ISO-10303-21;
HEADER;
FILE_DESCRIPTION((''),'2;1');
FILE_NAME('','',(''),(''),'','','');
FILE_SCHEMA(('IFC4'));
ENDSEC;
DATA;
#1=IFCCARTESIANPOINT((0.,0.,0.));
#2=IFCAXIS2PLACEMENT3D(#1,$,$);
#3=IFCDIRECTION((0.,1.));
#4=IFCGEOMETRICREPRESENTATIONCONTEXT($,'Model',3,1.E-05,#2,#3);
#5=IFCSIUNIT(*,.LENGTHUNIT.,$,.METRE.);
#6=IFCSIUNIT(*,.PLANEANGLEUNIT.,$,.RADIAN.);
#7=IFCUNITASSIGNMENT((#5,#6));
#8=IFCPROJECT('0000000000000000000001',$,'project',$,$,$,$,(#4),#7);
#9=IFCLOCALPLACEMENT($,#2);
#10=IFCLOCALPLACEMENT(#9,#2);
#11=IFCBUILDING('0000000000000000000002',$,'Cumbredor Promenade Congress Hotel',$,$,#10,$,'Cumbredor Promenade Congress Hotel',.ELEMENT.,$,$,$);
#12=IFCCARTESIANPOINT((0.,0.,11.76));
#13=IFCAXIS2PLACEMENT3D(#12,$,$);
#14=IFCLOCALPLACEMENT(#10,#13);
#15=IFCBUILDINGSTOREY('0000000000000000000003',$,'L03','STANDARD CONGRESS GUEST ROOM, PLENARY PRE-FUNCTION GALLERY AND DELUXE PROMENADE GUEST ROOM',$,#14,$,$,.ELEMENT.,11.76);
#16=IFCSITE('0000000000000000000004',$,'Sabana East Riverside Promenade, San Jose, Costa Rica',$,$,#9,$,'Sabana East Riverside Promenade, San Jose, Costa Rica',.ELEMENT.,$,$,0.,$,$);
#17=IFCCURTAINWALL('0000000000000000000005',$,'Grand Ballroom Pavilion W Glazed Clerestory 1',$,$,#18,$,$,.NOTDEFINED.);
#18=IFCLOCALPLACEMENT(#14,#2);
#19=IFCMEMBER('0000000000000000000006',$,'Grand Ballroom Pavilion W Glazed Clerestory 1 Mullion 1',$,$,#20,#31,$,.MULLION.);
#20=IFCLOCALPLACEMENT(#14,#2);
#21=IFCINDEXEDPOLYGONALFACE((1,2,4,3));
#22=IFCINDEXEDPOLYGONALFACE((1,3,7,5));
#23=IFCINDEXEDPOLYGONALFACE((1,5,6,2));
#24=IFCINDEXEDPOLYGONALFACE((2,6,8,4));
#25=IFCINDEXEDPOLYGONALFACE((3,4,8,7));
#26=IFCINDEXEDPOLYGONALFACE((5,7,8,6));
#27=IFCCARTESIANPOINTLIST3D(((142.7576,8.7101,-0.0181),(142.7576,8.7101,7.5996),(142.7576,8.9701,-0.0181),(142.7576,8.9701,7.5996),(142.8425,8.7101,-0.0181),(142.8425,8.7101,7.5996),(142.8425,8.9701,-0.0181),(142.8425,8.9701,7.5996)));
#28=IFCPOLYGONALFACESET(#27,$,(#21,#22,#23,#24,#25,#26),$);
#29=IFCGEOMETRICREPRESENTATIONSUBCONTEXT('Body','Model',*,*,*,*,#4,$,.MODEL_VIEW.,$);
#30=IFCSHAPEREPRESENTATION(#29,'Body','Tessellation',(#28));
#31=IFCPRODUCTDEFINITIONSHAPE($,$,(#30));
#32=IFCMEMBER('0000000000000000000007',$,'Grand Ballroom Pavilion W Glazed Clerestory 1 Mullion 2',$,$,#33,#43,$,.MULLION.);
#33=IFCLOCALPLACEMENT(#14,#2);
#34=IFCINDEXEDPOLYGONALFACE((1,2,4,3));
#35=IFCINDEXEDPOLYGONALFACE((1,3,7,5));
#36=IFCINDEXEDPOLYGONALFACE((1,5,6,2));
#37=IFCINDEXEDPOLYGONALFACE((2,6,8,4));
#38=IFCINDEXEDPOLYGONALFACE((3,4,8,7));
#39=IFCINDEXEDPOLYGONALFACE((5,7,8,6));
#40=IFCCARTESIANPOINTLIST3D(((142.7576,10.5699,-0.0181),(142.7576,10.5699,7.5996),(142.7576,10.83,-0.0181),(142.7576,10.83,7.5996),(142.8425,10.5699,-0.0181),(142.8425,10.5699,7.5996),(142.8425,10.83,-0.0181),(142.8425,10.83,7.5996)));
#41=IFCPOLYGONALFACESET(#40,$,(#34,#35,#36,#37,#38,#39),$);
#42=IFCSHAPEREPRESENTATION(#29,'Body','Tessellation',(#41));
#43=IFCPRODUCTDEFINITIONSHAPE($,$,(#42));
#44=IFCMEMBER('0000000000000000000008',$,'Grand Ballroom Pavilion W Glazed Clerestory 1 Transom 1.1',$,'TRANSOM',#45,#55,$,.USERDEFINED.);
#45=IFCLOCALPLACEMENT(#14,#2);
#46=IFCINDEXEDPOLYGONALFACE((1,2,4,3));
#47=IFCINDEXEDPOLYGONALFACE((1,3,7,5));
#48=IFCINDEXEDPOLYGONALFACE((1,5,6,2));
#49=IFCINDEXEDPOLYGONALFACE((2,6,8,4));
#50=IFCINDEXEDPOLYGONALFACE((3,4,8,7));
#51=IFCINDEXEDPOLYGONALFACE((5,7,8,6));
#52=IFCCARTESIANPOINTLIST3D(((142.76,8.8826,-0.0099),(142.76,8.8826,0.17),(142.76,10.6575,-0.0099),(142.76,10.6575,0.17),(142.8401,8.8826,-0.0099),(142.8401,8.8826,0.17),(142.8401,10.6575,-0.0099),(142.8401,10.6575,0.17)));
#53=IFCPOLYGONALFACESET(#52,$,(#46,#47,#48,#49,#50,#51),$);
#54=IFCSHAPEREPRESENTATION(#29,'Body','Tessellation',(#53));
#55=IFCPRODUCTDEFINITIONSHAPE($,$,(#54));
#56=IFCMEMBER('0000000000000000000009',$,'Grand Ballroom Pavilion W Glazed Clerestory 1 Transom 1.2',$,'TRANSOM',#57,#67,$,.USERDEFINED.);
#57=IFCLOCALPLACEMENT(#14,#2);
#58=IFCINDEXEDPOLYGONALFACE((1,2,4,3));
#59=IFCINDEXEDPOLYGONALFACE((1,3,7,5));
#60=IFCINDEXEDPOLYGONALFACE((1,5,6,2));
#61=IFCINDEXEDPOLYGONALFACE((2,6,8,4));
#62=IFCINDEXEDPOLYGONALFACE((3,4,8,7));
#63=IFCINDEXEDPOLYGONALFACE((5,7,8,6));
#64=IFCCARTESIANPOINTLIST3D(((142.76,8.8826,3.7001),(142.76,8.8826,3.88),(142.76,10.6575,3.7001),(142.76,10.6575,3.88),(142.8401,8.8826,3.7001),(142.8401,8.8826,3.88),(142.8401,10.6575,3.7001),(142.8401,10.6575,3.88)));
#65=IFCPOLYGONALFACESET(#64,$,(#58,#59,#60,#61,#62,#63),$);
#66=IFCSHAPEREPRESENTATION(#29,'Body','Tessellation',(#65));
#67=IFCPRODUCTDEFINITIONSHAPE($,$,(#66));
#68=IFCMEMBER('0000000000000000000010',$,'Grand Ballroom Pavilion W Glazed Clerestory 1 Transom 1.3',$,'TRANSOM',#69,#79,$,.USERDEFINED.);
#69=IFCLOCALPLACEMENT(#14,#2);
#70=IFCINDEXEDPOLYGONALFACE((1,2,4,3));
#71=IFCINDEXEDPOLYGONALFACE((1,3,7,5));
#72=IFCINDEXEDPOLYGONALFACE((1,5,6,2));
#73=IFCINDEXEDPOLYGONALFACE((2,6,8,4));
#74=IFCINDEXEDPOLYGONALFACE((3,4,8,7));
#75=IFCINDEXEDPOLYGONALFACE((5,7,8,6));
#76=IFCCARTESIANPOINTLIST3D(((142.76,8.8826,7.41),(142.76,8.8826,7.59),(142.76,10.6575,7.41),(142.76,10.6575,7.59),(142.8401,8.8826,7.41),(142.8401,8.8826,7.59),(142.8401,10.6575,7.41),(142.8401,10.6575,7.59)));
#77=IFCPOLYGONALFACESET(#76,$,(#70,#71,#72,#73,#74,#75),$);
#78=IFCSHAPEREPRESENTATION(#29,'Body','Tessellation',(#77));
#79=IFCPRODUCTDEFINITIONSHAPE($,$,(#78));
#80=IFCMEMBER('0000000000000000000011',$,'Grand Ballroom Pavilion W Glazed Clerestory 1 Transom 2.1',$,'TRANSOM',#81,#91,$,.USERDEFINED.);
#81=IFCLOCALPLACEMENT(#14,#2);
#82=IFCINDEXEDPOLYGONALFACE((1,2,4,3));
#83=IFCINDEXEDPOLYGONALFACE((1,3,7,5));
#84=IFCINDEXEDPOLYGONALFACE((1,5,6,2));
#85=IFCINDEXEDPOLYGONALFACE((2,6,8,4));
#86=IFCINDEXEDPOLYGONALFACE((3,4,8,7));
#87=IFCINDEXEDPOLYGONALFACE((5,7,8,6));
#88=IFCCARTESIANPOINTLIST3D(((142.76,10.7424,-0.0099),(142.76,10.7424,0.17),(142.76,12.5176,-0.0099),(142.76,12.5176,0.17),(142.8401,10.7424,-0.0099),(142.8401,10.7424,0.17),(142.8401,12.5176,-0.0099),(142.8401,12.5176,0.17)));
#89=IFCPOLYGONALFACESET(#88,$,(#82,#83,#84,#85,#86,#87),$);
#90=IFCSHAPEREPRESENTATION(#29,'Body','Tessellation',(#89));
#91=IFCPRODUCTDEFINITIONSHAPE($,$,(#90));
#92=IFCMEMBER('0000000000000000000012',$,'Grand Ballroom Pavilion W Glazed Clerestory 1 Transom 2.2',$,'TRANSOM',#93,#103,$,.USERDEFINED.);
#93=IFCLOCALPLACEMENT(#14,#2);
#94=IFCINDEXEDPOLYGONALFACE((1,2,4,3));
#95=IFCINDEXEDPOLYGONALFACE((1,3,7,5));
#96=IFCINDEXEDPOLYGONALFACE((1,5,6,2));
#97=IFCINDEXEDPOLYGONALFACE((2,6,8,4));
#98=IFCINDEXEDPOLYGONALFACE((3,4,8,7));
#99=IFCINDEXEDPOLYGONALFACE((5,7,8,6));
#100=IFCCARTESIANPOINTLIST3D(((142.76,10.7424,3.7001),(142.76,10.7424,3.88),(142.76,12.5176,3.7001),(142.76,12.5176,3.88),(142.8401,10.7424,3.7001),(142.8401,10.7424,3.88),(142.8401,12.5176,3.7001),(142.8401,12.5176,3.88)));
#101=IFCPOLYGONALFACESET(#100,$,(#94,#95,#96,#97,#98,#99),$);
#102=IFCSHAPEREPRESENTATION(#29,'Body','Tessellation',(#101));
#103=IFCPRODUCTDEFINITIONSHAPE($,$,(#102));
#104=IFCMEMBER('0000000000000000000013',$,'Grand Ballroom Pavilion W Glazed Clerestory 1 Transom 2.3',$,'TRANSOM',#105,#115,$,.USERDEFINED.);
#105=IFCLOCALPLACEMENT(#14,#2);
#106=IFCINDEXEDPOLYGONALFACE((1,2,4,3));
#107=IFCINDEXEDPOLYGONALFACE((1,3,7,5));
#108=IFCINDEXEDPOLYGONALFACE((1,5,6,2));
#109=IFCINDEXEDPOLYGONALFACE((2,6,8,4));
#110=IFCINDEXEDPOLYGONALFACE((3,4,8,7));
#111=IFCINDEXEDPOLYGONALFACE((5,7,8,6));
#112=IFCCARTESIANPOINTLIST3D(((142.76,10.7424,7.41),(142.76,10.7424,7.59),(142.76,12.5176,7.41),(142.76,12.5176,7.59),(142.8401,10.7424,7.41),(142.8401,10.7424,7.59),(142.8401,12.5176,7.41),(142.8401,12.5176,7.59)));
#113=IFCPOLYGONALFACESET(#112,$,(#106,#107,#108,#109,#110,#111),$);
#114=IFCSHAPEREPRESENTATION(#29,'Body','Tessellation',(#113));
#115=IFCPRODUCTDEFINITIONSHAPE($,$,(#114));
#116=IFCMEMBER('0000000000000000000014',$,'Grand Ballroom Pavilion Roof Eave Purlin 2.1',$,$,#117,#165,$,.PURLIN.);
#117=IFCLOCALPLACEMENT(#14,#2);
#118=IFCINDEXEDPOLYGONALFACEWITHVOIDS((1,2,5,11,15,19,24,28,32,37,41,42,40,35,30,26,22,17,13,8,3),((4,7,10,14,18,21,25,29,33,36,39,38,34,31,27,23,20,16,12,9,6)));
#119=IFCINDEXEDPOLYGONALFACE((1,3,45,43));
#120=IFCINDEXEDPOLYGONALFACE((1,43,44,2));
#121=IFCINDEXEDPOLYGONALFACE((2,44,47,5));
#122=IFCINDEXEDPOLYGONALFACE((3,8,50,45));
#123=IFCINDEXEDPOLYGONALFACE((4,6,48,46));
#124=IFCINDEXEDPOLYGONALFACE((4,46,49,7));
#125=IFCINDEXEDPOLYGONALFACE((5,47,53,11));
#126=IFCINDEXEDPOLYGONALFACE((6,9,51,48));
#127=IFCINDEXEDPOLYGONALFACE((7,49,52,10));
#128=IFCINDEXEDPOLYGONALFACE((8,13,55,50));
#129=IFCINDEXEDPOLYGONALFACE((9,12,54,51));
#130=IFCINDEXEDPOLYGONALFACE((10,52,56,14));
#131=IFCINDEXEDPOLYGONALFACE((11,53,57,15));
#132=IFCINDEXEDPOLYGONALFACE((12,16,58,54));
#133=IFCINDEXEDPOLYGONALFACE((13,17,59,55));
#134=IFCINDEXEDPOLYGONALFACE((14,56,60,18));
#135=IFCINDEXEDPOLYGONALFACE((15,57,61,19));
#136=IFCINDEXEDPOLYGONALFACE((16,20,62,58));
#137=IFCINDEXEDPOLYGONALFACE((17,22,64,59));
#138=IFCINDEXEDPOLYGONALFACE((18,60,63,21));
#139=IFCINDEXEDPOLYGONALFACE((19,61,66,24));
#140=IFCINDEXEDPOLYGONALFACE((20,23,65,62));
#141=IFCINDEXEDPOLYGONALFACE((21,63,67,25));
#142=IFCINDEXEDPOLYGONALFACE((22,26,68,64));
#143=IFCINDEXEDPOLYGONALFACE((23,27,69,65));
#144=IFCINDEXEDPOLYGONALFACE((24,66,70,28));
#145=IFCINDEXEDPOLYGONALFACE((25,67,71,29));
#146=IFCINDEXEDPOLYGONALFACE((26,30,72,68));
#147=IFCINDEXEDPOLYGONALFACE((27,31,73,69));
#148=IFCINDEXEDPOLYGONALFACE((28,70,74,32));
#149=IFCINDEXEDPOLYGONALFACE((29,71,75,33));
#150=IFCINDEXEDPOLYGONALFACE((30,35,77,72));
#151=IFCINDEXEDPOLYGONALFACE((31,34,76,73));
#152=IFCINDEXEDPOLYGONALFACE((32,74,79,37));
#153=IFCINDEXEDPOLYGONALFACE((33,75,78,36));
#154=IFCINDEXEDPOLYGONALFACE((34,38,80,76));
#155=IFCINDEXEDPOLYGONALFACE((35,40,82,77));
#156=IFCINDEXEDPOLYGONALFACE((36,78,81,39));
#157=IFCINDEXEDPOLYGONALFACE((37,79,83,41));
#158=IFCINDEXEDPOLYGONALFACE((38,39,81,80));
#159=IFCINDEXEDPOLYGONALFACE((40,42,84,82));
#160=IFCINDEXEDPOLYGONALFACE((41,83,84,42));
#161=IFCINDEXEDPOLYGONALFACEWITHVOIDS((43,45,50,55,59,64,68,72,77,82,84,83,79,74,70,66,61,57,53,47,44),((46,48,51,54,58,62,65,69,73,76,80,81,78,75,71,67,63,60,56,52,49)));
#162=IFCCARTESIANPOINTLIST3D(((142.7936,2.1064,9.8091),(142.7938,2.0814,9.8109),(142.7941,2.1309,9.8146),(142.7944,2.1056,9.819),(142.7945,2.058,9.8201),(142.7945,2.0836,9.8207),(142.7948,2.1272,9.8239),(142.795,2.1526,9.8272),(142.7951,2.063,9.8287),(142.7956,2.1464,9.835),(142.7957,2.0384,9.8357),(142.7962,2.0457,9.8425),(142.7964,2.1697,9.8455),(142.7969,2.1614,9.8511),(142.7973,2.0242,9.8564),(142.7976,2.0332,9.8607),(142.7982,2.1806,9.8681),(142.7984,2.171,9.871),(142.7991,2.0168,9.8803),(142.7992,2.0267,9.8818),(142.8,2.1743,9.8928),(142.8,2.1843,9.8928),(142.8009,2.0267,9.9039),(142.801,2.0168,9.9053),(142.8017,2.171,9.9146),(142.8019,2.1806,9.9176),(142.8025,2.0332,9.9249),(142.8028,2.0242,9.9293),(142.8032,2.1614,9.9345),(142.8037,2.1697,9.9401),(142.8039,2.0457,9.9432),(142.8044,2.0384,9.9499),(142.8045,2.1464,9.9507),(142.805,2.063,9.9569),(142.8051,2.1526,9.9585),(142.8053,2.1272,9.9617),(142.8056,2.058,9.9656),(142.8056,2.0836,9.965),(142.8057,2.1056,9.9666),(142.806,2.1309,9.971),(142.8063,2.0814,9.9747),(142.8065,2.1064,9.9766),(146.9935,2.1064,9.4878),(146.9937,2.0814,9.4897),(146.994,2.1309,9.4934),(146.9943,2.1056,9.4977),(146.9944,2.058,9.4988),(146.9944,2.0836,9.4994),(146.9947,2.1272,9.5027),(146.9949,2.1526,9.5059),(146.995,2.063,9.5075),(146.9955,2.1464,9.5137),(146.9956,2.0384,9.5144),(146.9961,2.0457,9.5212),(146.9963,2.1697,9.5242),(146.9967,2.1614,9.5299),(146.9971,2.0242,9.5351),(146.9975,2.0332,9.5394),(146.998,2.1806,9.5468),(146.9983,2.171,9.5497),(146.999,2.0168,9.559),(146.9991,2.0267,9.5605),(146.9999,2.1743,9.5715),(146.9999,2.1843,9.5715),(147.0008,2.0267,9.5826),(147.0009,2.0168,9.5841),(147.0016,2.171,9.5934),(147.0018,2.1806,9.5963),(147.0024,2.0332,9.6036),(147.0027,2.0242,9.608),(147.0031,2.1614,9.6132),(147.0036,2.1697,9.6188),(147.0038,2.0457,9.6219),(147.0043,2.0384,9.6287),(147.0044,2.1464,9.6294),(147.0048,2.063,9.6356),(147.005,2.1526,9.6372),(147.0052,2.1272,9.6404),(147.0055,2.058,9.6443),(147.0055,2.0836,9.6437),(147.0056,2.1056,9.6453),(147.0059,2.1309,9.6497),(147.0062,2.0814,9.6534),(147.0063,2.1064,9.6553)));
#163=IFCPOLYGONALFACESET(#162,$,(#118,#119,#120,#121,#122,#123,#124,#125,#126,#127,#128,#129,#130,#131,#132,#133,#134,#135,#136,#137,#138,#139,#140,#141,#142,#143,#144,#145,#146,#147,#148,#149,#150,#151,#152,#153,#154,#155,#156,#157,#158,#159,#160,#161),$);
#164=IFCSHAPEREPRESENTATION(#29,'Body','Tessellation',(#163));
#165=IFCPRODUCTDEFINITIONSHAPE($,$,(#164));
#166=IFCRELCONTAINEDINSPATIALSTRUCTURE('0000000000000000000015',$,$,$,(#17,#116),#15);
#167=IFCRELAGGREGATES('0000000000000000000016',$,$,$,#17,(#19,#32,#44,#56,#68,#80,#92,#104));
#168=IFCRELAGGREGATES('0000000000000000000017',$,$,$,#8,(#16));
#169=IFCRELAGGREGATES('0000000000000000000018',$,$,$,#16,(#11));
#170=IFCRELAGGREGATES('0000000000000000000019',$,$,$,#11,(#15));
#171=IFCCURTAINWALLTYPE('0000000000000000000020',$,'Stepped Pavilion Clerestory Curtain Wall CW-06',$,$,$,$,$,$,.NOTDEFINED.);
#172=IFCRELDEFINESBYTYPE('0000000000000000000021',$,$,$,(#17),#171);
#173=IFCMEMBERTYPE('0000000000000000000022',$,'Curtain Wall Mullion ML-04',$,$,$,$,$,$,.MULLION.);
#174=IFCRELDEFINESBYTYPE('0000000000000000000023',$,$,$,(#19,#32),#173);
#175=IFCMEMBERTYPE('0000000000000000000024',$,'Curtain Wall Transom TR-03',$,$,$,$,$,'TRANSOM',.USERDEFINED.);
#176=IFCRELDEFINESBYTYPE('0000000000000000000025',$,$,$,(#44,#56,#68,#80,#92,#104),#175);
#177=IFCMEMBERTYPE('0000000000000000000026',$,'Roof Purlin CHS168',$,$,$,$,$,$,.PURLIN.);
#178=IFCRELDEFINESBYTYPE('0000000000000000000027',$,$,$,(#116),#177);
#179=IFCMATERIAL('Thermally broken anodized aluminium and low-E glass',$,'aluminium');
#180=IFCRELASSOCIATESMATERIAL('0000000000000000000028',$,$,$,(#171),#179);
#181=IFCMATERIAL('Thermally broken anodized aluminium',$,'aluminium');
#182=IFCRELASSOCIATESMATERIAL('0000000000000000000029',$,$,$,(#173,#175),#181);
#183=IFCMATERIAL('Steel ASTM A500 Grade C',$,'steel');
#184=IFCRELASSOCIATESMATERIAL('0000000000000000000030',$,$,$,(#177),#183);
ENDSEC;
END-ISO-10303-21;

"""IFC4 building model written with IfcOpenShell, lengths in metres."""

from ifc_helpers import new_model, si_unit, direction, frame, origin, origin_2d, place, context, subcontext, project, spatial, rectangle, hollow_circle, extrude, material, material_profile, profile_set, type_object, element, aggregate, save


model = new_model("IFC4")

# Units and contexts
model_context = context("Model", 3, precision=1e-05, world=origin(), true_north=direction((0.0, 1.0)))
body_context = subcontext(model_context, "Body", "Model", "MODEL_VIEW")
ifc_project = project(units=[si_unit("LENGTHUNIT", "METRE"), si_unit("PLANEANGLEUNIT", "RADIAN")], contexts=[model_context])

# Site, building, storey
site_placement = place(None, origin())
site = spatial("IfcSite", under=ifc_project, at=site_placement, Name="Sabana East Riverside Promenade, San Jose, Costa Rica", LongName="Sabana East Riverside Promenade, San Jose, Costa Rica", CompositionType="ELEMENT", RefElevation=0.0)
building_placement = place(site_placement, origin())
building = spatial("IfcBuilding", under=site, at=building_placement, Name="Cumbredor Promenade Congress Hotel", LongName="Cumbredor Promenade Congress Hotel", CompositionType="ELEMENT")
storey_placement = place(building_placement, frame((0.0, 0.0, 11.76)))
storey = spatial("IfcBuildingStorey", under=building, at=storey_placement, Name="L03", Description="STANDARD CONGRESS GUEST ROOM, PLENARY PRE-FUNCTION GALLERY AND DELUXE PROMENADE GUEST ROOM", CompositionType="ELEMENT", Elevation=11.76)

# Shared definitions
ifc_material_1 = material(Name="Steel ASTM A500 Grade C", Category="steel")

# Curtain wall, members
ifc_material_2 = material(Name="Thermally broken anodized aluminium and low-E glass", Category="aluminium")
curtain_wall_type = type_object("IfcCurtainWallType", Name="Stepped Pavilion Clerestory Curtain Wall CW-06", PredefinedType="NOTDEFINED", material=ifc_material_2)
curtain_wall_placement = place(storey_placement, origin())
curtain_wall = element("IfcCurtainWall", 1, at=curtain_wall_placement, inside=storey, type_object=curtain_wall_type, Name="Grand Ballroom Pavilion W Glazed Clerestory 1", PredefinedType="NOTDEFINED")
ifc_material_3 = material(Name="Thermally broken anodized aluminium", Category="aluminium")
ifc_material_profile_1 = material_profile(ifc_material_3, rectangle(XDim=0.085, YDim=0.26, at=origin_2d()), Name="ALU MULLION CLERESTORY 85x260")
ifc_profile_set_1 = profile_set([ifc_material_profile_1], Name="Thermally broken anodized aluminium")
member_type_1 = type_object("IfcMemberType", Name="Curtain Wall Mullion ML-04", PredefinedType="MULLION", material=ifc_profile_set_1)
member_1_placement = place(storey_placement, frame((142.8, 8.8401, -0.0181), z_axis=(0.0, 0.0, 1.0), x_axis=(1.0, 0.0, 0.0)))
member_1 = element("IfcMember", 2, at=member_1_placement, type_object=member_type_1, Name="Grand Ballroom Pavilion W Glazed Clerestory 1 Mullion 1", PredefinedType="MULLION", context=body_context, shape_type="SweptSolid", body=[
    extrude(rectangle(XDim=0.085, YDim=0.26, at=origin_2d()), origin(), (0.0, 0.0, 1.0), 7.6177),
])
member_2_placement = place(storey_placement, frame((142.8, 10.7, -0.0181), z_axis=(0.0, 0.0, 1.0), x_axis=(1.0, 0.0, 0.0)))
member_2 = element("IfcMember", 3, at=member_2_placement, type_object=member_type_1, Name="Grand Ballroom Pavilion W Glazed Clerestory 1 Mullion 2", PredefinedType="MULLION", context=body_context, shape_type="SweptSolid", body=[
    extrude(rectangle(XDim=0.085, YDim=0.26, at=origin_2d()), origin(), (0.0, 0.0, 1.0), 7.6177),
])
ifc_material_profile_2 = material_profile(ifc_material_3, rectangle(XDim=0.0801, YDim=0.1799, at=origin_2d()), Name="ALU TRANSOM 80x180")
ifc_profile_set_2 = profile_set([ifc_material_profile_2], Name="Thermally broken anodized aluminium")
member_type_2 = type_object("IfcMemberType", Name="Curtain Wall Transom TR-03", ElementType="TRANSOM", PredefinedType="USERDEFINED", material=ifc_profile_set_2)
member_3_placement = place(storey_placement, frame((142.8, 8.8826, 0.0801), z_axis=(0.0, 1.0, 0.0), x_axis=(-1.0, 0.0, 0.0)))
member_3 = element("IfcMember", 4, at=member_3_placement, type_object=member_type_2, Name="Grand Ballroom Pavilion W Glazed Clerestory 1 Transom 1.1", ObjectType="TRANSOM", PredefinedType="USERDEFINED", context=body_context, shape_type="SweptSolid", body=[
    extrude(rectangle(XDim=0.0801, YDim=0.1799, at=origin_2d()), origin(), (0.0, 0.0, 1.0), 1.7749),
])
member_4_placement = place(storey_placement, frame((142.8, 8.8826, 3.79), z_axis=(0.0, 1.0, 0.0), x_axis=(-1.0, 0.0, 0.0)))
member_4 = element("IfcMember", 5, at=member_4_placement, type_object=member_type_2, Name="Grand Ballroom Pavilion W Glazed Clerestory 1 Transom 1.2", ObjectType="TRANSOM", PredefinedType="USERDEFINED", context=body_context, shape_type="SweptSolid", body=[
    extrude(rectangle(XDim=0.0801, YDim=0.1799, at=origin_2d()), origin(), (0.0, 0.0, 1.0), 1.7749),
])
member_5_placement = place(storey_placement, frame((142.8, 8.8826, 7.5), z_axis=(0.0, 1.0, 0.0), x_axis=(-1.0, 0.0, 0.0)))
member_5 = element("IfcMember", 6, at=member_5_placement, type_object=member_type_2, Name="Grand Ballroom Pavilion W Glazed Clerestory 1 Transom 1.3", ObjectType="TRANSOM", PredefinedType="USERDEFINED", context=body_context, shape_type="SweptSolid", body=[
    extrude(rectangle(XDim=0.0801, YDim=0.1799, at=origin_2d()), origin(), (0.0, 0.0, 1.0), 1.7749),
])
member_6_placement = place(storey_placement, frame((142.8, 10.7424, 0.0801), z_axis=(0.0, 1.0, 0.0), x_axis=(-1.0, 0.0, 0.0)))
member_6 = element("IfcMember", 7, at=member_6_placement, type_object=member_type_2, Name="Grand Ballroom Pavilion W Glazed Clerestory 1 Transom 2.1", ObjectType="TRANSOM", PredefinedType="USERDEFINED", context=body_context, shape_type="SweptSolid", body=[
    extrude(rectangle(XDim=0.0801, YDim=0.1799, at=origin_2d()), origin(), (0.0, 0.0, 1.0), 1.7751),
])
member_7_placement = place(storey_placement, frame((142.8, 10.7424, 3.79), z_axis=(0.0, 1.0, 0.0), x_axis=(-1.0, 0.0, 0.0)))
member_7 = element("IfcMember", 8, at=member_7_placement, type_object=member_type_2, Name="Grand Ballroom Pavilion W Glazed Clerestory 1 Transom 2.2", ObjectType="TRANSOM", PredefinedType="USERDEFINED", context=body_context, shape_type="SweptSolid", body=[
    extrude(rectangle(XDim=0.0801, YDim=0.1799, at=origin_2d()), origin(), (0.0, 0.0, 1.0), 1.7751),
])
member_8_placement = place(storey_placement, frame((142.8, 10.7424, 7.5), z_axis=(0.0, 1.0, 0.0), x_axis=(-1.0, 0.0, 0.0)))
member_8 = element("IfcMember", 9, at=member_8_placement, type_object=member_type_2, Name="Grand Ballroom Pavilion W Glazed Clerestory 1 Transom 2.3", ObjectType="TRANSOM", PredefinedType="USERDEFINED", context=body_context, shape_type="SweptSolid", body=[
    extrude(rectangle(XDim=0.0801, YDim=0.1799, at=origin_2d()), origin(), (0.0, 0.0, 1.0), 1.7751),
])

# Member
ifc_material_profile_3 = material_profile(ifc_material_1, hollow_circle(Radius=0.0842, WallThickness=0.01, at=origin_2d()), Name="CHS 168.3x10")
ifc_profile_set_3 = profile_set([ifc_material_profile_3], Name="Steel ASTM A500 Grade C")
member_type_3 = type_object("IfcMemberType", Name="Roof Purlin CHS168", PredefinedType="PURLIN", material=ifc_profile_set_3)
member_9_placement = place(storey_placement, frame((142.8, 2.1001, 9.8928), z_axis=(0.997087, 0.0, -0.076275), x_axis=(0.0, 1.0, 0.0)))
element("IfcMember", 10, at=member_9_placement, inside=storey, type_object=member_type_3, Name="Grand Ballroom Pavilion Roof Eave Purlin 2.1", PredefinedType="PURLIN", context=body_context, shape_type="SweptSolid", body=[
    extrude(hollow_circle(Radius=0.0842, WallThickness=0.01, at=origin_2d()), origin(), (0.0, 0.0, 1.0), 4.2122),
])

aggregate(curtain_wall, [member_1, member_2, member_3, member_4, member_5, member_6, member_7, member_8])

save(model, "model.ifc")
